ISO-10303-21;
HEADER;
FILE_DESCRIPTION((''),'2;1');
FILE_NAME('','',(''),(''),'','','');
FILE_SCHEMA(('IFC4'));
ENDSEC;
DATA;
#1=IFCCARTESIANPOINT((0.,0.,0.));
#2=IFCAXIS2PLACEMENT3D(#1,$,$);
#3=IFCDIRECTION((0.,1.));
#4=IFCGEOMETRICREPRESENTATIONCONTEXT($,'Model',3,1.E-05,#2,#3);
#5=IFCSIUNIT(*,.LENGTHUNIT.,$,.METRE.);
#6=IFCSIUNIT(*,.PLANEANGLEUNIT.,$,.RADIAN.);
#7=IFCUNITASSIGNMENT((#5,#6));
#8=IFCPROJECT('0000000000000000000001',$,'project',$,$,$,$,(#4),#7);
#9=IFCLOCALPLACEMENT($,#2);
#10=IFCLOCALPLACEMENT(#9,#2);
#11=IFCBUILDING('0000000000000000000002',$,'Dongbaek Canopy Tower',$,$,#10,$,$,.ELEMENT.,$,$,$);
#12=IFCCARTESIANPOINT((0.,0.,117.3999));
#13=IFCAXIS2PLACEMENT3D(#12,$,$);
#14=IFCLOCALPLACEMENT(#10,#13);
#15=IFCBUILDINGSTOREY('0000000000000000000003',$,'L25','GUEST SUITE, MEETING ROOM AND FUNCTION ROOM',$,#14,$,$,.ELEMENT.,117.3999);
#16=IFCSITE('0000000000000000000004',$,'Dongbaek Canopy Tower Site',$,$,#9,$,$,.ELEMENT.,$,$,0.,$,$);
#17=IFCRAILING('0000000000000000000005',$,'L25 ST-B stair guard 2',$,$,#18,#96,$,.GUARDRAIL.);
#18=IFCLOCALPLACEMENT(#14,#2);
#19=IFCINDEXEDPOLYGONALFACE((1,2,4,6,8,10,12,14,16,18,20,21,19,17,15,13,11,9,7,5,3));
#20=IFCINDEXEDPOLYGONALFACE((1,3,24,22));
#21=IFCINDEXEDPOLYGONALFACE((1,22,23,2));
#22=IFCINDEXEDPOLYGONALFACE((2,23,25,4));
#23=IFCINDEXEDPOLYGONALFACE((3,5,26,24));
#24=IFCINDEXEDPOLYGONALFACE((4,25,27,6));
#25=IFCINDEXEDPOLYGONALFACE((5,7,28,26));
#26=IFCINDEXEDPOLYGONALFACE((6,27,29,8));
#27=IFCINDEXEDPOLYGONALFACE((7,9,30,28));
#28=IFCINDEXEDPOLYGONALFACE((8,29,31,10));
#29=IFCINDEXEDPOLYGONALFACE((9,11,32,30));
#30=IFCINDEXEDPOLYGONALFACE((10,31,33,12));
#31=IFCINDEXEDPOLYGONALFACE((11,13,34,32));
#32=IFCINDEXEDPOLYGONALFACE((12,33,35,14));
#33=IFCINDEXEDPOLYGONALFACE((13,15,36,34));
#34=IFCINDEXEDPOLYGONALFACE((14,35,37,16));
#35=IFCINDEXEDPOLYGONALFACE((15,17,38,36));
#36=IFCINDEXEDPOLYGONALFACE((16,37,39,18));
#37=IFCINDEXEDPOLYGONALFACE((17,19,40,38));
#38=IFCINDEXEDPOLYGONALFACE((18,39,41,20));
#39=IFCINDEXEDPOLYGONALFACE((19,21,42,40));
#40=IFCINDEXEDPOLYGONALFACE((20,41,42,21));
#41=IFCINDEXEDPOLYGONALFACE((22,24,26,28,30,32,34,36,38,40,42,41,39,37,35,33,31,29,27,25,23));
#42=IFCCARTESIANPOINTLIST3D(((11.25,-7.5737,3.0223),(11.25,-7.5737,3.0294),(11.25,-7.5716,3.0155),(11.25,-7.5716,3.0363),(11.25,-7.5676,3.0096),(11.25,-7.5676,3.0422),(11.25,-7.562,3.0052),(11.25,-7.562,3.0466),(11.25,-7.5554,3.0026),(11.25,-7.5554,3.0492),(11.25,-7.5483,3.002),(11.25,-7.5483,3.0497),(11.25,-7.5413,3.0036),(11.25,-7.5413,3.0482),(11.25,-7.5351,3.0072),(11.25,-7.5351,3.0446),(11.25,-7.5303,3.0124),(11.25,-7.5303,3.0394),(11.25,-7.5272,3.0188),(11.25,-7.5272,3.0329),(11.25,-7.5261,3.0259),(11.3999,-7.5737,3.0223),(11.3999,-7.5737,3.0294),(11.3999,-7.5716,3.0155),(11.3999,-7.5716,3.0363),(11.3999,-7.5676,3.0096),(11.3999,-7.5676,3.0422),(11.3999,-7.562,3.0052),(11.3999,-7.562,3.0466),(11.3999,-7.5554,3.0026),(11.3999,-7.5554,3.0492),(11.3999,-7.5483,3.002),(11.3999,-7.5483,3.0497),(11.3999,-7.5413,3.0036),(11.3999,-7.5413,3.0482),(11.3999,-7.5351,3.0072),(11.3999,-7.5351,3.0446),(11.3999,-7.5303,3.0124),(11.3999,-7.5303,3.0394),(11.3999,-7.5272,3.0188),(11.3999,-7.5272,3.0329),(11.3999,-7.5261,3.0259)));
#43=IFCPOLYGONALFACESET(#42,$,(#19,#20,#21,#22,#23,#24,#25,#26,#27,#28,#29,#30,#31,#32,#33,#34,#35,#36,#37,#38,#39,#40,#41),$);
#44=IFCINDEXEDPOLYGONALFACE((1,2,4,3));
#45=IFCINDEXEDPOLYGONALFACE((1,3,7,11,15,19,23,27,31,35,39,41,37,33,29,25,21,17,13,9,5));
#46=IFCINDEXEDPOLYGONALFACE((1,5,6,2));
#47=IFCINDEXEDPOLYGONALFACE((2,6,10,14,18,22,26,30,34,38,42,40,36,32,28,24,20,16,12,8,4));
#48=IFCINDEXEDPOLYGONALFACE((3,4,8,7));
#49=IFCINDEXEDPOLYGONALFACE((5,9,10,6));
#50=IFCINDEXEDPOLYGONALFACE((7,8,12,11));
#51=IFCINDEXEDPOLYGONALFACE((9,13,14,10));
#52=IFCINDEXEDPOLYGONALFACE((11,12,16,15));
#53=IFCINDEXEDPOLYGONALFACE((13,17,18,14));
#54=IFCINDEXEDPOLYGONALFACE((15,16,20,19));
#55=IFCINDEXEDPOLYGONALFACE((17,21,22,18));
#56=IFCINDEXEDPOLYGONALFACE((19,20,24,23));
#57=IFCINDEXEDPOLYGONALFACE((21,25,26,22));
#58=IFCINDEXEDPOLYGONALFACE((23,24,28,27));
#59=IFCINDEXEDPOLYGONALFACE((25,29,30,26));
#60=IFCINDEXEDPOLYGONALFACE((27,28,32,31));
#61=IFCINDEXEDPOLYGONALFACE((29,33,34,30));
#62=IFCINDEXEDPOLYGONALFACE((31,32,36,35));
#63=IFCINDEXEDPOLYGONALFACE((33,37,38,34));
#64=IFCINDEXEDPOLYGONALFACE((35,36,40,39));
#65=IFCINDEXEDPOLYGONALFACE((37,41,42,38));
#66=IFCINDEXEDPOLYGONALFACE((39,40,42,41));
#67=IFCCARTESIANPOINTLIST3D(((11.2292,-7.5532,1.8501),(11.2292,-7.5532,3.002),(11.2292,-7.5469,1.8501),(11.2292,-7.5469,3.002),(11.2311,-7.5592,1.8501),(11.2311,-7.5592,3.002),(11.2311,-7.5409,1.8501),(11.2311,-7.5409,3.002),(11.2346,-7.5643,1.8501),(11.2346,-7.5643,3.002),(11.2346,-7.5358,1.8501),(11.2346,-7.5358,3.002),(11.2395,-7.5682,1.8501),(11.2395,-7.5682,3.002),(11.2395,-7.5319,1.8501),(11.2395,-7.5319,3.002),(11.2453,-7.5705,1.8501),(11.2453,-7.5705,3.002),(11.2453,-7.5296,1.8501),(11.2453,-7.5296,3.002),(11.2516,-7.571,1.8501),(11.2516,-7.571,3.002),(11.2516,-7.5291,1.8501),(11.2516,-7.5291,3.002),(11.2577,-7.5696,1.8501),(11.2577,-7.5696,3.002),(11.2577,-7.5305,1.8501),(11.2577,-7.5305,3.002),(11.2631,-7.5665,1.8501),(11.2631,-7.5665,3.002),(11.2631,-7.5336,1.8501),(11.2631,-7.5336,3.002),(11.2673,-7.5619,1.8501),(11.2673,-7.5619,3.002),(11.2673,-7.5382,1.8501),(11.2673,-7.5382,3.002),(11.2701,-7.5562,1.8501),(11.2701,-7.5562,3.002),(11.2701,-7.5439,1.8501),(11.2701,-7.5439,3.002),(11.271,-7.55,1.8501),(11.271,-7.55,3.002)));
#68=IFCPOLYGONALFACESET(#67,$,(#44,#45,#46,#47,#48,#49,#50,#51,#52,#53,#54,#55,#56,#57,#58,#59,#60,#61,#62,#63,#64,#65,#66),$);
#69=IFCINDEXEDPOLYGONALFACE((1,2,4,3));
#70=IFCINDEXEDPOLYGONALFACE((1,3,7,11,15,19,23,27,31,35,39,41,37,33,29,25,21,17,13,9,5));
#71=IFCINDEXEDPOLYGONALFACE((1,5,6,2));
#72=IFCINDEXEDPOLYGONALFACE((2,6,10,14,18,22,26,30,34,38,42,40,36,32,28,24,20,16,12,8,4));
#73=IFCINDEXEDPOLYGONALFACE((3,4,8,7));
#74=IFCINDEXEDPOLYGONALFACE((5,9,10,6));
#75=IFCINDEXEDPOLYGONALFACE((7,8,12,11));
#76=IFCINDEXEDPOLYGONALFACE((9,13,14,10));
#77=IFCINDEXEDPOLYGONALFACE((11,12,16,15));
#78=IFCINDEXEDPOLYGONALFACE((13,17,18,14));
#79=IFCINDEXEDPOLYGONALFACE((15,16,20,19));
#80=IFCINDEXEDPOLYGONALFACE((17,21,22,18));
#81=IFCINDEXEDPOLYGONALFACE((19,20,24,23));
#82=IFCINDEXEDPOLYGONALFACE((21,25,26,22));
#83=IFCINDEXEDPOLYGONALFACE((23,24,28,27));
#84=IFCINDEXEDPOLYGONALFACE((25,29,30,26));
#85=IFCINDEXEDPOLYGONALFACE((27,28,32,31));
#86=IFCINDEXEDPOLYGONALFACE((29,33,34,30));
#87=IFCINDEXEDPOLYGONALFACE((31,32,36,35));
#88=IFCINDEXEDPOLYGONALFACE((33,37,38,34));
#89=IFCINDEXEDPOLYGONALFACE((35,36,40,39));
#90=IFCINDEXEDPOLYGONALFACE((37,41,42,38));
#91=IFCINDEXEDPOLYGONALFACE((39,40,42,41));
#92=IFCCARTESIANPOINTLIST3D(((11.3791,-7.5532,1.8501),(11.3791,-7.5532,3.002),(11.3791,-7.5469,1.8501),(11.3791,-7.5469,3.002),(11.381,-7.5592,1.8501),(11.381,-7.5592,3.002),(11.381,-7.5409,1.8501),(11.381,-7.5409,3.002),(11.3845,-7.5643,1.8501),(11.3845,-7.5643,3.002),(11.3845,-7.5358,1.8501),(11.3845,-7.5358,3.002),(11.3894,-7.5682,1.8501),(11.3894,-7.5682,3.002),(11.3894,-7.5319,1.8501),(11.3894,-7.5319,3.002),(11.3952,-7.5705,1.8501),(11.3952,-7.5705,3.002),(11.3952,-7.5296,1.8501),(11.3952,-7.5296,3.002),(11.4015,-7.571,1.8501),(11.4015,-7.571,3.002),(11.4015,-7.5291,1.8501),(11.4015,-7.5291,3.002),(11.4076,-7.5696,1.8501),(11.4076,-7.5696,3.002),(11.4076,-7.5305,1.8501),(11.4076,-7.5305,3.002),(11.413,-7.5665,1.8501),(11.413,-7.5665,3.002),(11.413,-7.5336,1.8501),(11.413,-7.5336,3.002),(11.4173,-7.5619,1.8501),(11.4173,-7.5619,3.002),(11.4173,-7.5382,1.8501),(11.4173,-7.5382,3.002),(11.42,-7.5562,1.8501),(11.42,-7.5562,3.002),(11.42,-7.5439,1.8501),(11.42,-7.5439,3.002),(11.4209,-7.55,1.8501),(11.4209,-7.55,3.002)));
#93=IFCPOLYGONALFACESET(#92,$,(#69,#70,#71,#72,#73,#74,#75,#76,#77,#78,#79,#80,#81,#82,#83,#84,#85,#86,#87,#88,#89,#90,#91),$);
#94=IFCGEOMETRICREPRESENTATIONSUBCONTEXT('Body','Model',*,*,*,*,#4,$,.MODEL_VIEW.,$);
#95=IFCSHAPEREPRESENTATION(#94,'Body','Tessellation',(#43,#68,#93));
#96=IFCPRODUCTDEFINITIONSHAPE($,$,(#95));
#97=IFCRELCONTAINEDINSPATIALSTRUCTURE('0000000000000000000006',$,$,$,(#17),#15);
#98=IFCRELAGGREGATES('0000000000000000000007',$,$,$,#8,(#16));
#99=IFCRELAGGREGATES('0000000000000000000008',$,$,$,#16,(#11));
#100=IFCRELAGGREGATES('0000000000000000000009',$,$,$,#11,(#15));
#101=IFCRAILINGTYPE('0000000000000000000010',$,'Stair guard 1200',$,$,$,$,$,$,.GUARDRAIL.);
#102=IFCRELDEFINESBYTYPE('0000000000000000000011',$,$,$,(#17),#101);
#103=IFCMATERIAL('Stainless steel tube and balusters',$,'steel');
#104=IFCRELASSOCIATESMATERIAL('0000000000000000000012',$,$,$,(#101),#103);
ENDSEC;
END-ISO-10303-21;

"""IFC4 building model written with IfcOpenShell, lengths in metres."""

from ifc_helpers import new_model, si_unit, direction, frame, origin, origin_2d, place, context, subcontext, project, spatial, circle, extrude, material, type_object, element, save


model = new_model("IFC4")

# Units and contexts
model_context = context("Model", 3, precision=1e-05, world=origin(), true_north=direction((0.0, 1.0)))
body_context = subcontext(model_context, "Body", "Model", "MODEL_VIEW")
ifc_project = project(units=[si_unit("LENGTHUNIT", "METRE"), si_unit("PLANEANGLEUNIT", "RADIAN")], contexts=[model_context])

# Site, building, storey
site_placement = place(None, origin())
site = spatial("IfcSite", under=ifc_project, at=site_placement, Name="Dongbaek Canopy Tower Site", CompositionType="ELEMENT", RefElevation=0.0)
building_placement = place(site_placement, origin())
building = spatial("IfcBuilding", under=site, at=building_placement, Name="Dongbaek Canopy Tower", CompositionType="ELEMENT")
storey_placement = place(building_placement, frame((0.0, 0.0, 117.3999)))
storey = spatial("IfcBuildingStorey", under=building, at=storey_placement, Name="L25", Description="GUEST SUITE, MEETING ROOM AND FUNCTION ROOM", CompositionType="ELEMENT", Elevation=117.3999)

# Railing
ifc_material_1 = material(Name="Stainless steel tube and balusters", Category="steel")
railing_type_1 = type_object("IfcRailingType", Name="Stair guard 1200", PredefinedType="GUARDRAIL", material=ifc_material_1)
railing_1_placement = place(storey_placement, frame((11.25, -7.55, 1.8501)))
element("IfcRailing", 1, at=railing_1_placement, inside=storey, type_object=railing_type_1, Name="L25 ST-B stair guard 2", PredefinedType="GUARDRAIL", context=body_context, shape_type="SweptSolid", body=[
    extrude(circle(Radius=0.0239, at=origin_2d()), frame((0.0, 0.0, 1.1758), z_axis=(1.0, 0.0, 0.0), x_axis=(0.0, 1.0, 0.0)), (0.0, 0.0, 1.0), 0.1499),
    extrude(circle(Radius=0.021, at=origin_2d()), origin(), (0.0, 0.0, 1.0), 1.1519),
    extrude(circle(Radius=0.021, at=origin_2d()), frame((0.1499, 0.0, 0.0)), (0.0, 0.0, 1.0), 1.1519),
])

save(model, "model.ifc")
